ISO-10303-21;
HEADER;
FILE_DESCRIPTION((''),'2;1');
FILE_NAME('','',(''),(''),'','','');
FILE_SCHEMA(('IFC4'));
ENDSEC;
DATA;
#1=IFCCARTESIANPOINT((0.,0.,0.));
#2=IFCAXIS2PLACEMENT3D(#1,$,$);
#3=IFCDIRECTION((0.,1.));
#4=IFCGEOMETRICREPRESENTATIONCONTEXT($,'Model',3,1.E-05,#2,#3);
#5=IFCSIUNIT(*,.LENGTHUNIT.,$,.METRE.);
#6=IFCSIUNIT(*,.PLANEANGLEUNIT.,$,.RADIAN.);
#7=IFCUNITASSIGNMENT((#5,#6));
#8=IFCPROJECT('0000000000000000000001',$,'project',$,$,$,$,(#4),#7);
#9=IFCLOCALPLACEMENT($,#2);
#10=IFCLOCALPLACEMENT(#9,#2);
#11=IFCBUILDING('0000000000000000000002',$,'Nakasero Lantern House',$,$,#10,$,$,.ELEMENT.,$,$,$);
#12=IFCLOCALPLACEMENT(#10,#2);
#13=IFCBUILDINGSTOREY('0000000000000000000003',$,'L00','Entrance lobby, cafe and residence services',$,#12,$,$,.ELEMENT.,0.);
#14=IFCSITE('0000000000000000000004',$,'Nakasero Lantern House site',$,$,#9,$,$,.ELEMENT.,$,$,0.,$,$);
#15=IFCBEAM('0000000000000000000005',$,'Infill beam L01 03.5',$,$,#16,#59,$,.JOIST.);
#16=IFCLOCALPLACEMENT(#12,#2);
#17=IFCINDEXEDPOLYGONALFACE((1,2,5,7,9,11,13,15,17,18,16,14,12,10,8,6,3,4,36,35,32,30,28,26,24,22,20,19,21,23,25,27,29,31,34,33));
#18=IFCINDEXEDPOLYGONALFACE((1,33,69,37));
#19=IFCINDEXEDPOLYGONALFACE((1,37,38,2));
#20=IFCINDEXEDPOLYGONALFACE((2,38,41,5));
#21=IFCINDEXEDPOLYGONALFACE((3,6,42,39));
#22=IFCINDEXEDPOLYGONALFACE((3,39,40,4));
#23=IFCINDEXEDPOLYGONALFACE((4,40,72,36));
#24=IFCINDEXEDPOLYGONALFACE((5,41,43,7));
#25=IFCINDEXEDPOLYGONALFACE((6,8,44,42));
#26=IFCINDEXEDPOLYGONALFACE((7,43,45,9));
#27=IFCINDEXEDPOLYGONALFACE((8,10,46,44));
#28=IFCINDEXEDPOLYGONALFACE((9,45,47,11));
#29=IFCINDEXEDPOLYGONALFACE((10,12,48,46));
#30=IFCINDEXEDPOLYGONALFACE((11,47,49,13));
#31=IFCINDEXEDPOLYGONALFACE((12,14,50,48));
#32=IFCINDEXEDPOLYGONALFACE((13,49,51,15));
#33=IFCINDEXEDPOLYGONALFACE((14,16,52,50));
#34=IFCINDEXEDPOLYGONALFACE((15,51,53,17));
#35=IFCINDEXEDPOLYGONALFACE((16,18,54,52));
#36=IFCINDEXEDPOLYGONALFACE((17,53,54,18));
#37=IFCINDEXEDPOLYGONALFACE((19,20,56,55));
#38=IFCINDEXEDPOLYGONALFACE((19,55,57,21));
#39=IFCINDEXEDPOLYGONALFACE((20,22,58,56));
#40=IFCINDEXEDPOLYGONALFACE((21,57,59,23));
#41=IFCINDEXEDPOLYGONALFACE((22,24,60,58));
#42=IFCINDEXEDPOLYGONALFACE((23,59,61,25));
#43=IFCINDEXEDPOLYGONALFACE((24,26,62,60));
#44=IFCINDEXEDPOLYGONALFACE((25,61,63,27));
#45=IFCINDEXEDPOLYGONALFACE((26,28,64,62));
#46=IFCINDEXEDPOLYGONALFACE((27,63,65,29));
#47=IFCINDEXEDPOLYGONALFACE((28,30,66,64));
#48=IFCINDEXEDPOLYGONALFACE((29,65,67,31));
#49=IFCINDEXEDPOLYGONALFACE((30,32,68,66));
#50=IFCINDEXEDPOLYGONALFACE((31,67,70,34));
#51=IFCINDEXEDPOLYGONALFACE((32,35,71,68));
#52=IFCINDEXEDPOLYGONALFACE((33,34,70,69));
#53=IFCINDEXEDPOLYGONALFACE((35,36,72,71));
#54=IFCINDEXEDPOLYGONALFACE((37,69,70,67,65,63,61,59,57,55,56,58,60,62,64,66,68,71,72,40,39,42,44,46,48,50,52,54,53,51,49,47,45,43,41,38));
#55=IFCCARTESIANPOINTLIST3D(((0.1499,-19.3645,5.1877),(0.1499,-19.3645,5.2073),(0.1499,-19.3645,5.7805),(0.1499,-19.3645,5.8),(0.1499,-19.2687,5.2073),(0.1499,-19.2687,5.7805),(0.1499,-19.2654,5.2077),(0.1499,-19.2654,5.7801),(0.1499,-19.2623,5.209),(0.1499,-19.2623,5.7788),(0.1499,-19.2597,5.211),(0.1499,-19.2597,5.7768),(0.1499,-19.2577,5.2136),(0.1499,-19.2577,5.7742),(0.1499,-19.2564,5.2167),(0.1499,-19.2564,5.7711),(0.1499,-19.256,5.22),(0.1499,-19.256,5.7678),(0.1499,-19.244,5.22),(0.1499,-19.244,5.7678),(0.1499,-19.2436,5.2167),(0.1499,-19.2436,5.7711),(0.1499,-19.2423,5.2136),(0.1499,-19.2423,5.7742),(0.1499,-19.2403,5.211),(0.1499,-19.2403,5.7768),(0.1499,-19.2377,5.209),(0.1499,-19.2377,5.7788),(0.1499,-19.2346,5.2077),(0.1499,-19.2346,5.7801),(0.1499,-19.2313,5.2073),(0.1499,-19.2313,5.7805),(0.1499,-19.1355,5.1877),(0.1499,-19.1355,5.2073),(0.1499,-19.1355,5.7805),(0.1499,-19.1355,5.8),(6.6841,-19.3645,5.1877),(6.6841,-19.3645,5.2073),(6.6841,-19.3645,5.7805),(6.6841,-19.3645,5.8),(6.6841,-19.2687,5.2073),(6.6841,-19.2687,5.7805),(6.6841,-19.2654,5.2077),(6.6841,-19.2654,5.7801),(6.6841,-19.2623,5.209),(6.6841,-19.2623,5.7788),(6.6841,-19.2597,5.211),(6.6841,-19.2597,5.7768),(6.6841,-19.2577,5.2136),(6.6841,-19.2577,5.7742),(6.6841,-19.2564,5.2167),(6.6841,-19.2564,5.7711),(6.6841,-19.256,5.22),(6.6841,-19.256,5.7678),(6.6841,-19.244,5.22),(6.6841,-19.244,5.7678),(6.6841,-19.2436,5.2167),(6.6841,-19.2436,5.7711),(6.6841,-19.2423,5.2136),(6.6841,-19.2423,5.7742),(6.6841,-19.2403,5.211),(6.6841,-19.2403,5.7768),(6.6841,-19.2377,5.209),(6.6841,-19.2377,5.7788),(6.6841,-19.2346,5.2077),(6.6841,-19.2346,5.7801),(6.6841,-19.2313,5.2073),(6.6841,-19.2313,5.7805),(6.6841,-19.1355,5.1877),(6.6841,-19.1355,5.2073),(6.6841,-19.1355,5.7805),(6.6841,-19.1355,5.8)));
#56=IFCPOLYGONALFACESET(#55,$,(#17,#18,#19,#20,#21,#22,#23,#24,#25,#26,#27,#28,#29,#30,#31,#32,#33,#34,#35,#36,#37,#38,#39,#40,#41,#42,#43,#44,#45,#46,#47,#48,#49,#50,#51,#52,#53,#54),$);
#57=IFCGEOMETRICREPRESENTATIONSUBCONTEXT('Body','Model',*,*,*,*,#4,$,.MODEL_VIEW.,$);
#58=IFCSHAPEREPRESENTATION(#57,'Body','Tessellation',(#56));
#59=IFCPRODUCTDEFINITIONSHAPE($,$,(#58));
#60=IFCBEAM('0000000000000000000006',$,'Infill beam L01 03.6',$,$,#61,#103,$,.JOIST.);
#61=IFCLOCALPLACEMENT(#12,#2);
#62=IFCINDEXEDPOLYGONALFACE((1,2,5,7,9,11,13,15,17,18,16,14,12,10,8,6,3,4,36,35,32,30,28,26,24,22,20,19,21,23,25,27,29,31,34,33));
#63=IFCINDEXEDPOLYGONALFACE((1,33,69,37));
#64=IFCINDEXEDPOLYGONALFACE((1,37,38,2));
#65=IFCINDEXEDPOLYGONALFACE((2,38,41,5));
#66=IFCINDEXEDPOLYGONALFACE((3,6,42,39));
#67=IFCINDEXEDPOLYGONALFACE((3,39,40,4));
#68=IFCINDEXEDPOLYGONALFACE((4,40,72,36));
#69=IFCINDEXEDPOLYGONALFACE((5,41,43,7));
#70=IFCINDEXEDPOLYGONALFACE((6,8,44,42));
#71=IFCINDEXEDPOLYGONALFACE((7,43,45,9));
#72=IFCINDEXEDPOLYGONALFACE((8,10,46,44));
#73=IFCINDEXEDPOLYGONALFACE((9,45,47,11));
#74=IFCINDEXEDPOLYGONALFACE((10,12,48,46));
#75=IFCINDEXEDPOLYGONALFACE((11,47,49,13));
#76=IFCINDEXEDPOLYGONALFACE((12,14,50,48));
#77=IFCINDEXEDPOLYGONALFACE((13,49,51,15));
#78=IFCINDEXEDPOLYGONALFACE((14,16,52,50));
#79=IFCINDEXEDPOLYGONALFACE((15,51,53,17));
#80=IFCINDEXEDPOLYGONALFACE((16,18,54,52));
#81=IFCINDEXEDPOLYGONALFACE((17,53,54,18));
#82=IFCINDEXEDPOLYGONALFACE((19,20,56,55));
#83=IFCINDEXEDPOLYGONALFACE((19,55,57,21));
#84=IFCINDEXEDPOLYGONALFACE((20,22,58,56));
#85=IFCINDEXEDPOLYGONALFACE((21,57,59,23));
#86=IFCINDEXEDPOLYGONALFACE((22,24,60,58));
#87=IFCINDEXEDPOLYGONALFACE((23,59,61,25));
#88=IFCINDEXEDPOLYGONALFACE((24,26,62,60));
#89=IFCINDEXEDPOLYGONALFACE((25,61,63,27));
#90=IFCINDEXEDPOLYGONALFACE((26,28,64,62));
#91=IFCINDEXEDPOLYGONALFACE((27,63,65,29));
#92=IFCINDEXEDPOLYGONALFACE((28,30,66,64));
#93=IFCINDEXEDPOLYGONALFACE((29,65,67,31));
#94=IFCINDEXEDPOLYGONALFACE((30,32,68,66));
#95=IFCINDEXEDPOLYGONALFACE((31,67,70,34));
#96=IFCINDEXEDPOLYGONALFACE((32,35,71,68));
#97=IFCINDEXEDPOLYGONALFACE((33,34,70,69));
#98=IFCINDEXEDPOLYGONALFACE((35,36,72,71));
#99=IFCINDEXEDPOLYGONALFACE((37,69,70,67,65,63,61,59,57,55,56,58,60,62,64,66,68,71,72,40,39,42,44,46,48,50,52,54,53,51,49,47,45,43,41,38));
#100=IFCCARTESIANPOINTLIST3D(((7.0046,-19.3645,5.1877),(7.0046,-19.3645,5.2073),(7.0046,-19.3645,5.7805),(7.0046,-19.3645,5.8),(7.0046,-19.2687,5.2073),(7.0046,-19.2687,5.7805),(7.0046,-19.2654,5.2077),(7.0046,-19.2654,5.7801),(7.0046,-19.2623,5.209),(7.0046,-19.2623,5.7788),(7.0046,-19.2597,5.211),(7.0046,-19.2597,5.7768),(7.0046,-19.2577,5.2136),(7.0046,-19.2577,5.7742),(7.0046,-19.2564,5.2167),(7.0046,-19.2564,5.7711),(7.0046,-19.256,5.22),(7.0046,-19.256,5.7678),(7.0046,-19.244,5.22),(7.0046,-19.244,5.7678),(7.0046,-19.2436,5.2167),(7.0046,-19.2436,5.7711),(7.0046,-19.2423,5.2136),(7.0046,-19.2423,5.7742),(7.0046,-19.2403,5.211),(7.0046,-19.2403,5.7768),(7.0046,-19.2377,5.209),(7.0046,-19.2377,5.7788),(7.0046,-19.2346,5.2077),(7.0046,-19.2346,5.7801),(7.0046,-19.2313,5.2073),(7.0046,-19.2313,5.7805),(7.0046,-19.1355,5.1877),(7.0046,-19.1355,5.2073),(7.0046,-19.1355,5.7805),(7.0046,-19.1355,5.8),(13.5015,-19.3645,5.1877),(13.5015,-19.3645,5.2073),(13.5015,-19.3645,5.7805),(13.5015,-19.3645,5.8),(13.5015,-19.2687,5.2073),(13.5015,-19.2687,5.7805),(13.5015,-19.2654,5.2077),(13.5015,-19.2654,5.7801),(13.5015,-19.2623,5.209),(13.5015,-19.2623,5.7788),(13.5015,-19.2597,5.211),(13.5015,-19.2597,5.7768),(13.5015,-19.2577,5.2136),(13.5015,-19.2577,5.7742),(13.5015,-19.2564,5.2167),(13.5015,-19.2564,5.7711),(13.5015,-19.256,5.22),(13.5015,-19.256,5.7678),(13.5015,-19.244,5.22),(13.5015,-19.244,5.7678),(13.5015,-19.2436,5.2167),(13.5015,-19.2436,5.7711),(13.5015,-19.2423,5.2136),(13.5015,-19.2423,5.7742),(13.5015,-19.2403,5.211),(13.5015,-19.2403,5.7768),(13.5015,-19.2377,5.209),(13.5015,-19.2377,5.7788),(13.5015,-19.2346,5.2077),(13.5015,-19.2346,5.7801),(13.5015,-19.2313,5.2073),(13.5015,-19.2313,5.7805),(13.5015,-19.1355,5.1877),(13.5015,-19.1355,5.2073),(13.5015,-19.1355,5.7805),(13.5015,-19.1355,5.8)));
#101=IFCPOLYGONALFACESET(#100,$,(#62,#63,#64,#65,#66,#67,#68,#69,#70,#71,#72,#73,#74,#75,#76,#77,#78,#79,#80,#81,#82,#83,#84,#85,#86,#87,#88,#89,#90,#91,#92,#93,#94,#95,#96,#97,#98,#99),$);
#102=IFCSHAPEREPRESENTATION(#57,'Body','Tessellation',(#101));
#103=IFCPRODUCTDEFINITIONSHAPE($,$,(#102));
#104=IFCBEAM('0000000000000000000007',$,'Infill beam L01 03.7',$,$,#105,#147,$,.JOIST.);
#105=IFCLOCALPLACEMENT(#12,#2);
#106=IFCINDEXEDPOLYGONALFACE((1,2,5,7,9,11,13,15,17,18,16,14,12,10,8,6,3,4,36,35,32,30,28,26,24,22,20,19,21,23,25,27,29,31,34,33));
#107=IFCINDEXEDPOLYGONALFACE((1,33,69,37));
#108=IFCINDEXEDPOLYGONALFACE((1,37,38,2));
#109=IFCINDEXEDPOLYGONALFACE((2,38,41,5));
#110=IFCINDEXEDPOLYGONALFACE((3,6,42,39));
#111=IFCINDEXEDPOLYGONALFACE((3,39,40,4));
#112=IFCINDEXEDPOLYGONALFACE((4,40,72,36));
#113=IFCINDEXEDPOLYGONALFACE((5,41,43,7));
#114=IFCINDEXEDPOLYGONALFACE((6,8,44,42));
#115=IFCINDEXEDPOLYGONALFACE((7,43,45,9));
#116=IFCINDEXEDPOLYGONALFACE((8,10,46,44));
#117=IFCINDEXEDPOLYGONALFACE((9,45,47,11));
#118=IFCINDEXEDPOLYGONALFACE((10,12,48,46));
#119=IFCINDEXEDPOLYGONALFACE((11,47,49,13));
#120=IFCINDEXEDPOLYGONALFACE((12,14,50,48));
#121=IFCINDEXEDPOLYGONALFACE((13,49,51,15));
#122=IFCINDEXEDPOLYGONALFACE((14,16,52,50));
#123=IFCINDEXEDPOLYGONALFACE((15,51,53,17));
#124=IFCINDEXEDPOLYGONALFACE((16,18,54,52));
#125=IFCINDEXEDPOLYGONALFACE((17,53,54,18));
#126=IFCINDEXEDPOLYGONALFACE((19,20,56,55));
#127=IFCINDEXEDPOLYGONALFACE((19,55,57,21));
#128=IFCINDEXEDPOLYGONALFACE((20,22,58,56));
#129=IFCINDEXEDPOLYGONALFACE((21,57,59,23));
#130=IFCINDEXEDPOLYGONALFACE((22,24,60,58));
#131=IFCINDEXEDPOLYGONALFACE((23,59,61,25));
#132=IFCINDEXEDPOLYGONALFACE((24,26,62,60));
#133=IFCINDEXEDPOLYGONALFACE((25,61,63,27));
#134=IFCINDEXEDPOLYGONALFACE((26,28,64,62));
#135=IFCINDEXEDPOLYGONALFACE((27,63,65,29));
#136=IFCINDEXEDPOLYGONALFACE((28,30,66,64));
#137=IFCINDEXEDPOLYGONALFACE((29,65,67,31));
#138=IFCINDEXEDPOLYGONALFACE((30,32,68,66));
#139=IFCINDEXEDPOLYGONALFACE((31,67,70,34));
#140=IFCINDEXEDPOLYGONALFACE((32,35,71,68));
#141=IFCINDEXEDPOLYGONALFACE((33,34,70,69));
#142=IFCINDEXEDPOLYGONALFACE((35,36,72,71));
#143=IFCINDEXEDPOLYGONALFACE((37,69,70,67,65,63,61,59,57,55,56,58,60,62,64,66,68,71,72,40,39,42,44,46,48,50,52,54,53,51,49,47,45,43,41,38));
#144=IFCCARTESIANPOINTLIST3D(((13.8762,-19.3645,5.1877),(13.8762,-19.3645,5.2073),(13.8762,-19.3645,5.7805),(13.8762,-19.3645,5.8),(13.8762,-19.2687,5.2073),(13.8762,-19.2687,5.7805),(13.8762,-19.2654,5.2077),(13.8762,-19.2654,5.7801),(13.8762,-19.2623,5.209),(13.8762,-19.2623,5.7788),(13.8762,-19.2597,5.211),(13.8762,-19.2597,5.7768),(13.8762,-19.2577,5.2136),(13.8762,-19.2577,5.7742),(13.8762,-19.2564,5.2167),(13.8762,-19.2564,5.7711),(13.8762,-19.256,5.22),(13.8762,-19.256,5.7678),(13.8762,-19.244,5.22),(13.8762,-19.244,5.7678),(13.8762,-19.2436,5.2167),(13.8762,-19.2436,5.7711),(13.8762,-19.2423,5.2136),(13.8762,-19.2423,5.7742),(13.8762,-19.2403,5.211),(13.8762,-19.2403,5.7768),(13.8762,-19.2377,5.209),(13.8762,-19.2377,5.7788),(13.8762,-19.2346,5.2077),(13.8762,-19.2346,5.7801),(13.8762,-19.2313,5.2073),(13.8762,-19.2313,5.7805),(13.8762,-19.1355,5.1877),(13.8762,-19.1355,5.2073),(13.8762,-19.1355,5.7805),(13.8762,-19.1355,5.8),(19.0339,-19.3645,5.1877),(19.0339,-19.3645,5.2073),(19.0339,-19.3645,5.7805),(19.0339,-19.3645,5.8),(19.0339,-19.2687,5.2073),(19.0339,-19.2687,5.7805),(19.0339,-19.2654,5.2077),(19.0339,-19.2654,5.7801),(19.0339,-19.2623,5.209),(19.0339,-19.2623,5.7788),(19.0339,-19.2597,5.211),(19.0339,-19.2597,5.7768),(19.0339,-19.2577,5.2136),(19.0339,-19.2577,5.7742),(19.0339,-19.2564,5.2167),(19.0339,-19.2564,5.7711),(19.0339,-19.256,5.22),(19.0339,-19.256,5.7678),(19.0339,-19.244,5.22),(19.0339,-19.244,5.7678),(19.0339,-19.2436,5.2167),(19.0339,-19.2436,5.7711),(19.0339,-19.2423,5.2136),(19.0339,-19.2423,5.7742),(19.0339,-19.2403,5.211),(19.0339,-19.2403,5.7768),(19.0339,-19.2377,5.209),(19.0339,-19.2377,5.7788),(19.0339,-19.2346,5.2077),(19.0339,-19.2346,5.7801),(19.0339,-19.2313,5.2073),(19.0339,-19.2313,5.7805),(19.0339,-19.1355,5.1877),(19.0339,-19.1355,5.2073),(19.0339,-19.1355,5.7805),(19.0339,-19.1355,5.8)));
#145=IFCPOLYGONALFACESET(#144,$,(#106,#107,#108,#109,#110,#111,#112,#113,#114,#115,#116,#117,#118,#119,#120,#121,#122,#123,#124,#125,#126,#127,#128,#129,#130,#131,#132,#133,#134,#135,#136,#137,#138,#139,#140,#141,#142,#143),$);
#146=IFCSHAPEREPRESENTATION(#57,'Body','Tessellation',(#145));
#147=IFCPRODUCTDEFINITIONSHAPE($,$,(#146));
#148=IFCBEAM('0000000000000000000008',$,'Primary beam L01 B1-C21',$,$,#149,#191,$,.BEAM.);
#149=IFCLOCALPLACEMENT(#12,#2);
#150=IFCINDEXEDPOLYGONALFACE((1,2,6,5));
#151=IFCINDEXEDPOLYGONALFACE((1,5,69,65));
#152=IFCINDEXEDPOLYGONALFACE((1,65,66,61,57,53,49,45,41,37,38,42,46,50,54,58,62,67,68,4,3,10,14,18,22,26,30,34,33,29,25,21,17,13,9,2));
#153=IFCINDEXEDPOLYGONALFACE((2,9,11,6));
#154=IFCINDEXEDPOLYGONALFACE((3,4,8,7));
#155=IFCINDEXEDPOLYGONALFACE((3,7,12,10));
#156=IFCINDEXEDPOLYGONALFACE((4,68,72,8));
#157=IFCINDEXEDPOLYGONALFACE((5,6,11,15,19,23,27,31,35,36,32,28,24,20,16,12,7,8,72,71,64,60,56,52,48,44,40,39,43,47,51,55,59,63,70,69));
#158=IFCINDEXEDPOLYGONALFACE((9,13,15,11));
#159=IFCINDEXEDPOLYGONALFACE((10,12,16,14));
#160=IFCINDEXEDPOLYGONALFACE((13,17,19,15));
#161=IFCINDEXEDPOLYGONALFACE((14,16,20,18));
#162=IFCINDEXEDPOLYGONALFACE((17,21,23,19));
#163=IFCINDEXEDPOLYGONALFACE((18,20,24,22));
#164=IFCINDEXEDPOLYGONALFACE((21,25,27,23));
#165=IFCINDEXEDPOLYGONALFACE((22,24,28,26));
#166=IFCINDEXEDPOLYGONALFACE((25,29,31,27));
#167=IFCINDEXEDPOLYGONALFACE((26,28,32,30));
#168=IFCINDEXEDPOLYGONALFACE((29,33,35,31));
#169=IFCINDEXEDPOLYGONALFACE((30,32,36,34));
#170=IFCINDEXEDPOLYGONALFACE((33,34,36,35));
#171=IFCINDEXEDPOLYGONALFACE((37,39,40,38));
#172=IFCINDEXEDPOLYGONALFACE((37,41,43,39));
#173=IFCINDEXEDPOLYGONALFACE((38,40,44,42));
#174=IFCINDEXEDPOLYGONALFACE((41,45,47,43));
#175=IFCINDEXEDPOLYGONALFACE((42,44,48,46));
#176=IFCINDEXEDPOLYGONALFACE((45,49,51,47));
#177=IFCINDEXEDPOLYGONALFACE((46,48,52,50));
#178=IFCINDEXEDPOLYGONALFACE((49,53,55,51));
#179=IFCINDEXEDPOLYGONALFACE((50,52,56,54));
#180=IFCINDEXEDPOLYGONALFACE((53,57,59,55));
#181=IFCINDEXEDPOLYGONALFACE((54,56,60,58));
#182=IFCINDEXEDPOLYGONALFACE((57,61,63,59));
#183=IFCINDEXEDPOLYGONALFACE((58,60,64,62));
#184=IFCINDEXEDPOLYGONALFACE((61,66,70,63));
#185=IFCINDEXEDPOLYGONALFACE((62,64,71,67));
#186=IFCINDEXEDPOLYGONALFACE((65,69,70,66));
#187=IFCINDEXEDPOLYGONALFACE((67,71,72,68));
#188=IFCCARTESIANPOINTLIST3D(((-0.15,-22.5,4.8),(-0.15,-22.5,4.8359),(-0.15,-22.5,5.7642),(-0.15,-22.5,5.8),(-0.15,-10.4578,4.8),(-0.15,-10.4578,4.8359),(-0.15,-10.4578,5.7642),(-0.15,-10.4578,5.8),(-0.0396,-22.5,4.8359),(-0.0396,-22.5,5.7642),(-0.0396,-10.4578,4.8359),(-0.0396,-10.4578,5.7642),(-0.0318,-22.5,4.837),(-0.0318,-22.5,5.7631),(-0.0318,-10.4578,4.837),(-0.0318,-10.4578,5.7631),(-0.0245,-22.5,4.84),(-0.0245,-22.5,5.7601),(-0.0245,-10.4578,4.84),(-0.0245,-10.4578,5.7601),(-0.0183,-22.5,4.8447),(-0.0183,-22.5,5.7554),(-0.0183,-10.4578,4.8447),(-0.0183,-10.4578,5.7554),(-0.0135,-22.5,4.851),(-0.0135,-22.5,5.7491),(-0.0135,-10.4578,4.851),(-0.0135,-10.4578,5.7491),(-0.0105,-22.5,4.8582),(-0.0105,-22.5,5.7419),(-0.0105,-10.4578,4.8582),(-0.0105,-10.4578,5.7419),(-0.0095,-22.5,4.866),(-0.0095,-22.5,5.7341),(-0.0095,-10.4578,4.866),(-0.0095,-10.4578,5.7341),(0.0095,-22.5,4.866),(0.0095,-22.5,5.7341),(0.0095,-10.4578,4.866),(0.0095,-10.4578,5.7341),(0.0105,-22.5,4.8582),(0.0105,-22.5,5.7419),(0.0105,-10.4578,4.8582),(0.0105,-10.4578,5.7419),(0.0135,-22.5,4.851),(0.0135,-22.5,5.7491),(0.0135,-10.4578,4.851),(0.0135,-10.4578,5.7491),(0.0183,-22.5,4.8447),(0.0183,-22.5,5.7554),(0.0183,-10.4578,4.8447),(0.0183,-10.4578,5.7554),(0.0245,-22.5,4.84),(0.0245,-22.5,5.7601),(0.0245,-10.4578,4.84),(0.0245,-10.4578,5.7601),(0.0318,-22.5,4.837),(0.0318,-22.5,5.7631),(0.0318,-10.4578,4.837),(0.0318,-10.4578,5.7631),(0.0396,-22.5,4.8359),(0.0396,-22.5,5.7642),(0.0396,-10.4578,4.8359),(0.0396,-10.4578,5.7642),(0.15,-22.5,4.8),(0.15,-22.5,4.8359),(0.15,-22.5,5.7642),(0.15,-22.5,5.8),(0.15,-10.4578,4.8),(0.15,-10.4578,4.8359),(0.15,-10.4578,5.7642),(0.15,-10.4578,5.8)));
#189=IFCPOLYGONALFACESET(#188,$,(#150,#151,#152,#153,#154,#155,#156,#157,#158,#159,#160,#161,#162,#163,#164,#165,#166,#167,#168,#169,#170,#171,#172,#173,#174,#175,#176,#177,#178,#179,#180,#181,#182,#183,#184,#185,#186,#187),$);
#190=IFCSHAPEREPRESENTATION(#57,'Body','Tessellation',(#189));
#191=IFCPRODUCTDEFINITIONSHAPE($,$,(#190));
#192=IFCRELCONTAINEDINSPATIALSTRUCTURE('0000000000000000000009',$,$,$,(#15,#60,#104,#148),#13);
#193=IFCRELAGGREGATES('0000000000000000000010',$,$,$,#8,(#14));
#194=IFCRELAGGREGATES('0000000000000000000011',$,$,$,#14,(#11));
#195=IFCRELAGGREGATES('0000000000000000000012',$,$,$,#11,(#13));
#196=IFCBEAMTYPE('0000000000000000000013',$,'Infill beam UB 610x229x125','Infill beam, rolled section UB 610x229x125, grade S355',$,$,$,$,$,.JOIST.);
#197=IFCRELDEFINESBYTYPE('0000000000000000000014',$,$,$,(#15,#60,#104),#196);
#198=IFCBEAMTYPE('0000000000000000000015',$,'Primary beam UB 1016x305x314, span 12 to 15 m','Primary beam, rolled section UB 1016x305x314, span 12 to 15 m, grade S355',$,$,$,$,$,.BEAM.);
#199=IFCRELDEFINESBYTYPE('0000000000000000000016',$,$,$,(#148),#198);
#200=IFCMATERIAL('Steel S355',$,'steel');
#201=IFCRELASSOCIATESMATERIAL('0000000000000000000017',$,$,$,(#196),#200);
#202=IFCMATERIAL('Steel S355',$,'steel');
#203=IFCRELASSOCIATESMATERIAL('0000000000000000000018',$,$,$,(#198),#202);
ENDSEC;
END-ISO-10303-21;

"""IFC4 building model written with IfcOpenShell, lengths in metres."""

from ifc_helpers import new_model, si_unit, direction, frame, origin, origin_2d, place, context, subcontext, project, spatial, i_section, extrude, material, material_profile, profile_set, type_object, element, save


model = new_model("IFC4")

# Units and contexts
model_context = context("Model", 3, precision=1e-05, world=origin(), true_north=direction((0.0, 1.0)))
body_context = subcontext(model_context, "Body", "Model", "MODEL_VIEW")
ifc_project = project(units=[si_unit("LENGTHUNIT", "METRE"), si_unit("PLANEANGLEUNIT", "RADIAN")], contexts=[model_context])

# Site, building, storey
site_placement = place(None, origin())
site = spatial("IfcSite", under=ifc_project, at=site_placement, Name="Nakasero Lantern House site", CompositionType="ELEMENT", RefElevation=0.0)
building_placement = place(site_placement, origin())
building = spatial("IfcBuilding", under=site, at=building_placement, Name="Nakasero Lantern House", CompositionType="ELEMENT")
storey_placement = place(building_placement, origin())
storey = spatial("IfcBuildingStorey", under=building, at=storey_placement, Name="L00", Description="Entrance lobby, cafe and residence services", CompositionType="ELEMENT", Elevation=0.0)

# Beams
ifc_material_1 = material(Name="Steel S355", Category="steel")
ifc_material_profile_1 = material_profile(ifc_material_1, i_section(OverallWidth=0.229, OverallDepth=0.6123, WebThickness=0.012, FlangeThickness=0.0195, FilletRadius=0.0127, at=origin_2d()), Name="UB 610x229x125")
ifc_profile_set_1 = profile_set([ifc_material_profile_1], Name="Steel S355")
beam_type_1 = type_object("IfcBeamType", Name="Infill beam UB 610x229x125", Description="Infill beam, rolled section UB 610x229x125, grade S355", PredefinedType="JOIST", material=ifc_profile_set_1)
beam_1_placement = place(storey_placement, frame((0.1499, -19.25, 5.4939), z_axis=(1.0, 0.0, 0.0), x_axis=(0.0, 1.0, 0.0)))
element("IfcBeam", 1, at=beam_1_placement, inside=storey, type_object=beam_type_1, Name="Infill beam L01 03.5", PredefinedType="JOIST", context=body_context, shape_type="SweptSolid", body=[
    extrude(i_section(OverallWidth=0.229, OverallDepth=0.6123, WebThickness=0.012, FlangeThickness=0.0195, FilletRadius=0.0127, at=origin_2d()), origin(), (0.0, 0.0, 1.0), 6.5342),
])
beam_2_placement = place(storey_placement, frame((7.0046, -19.25, 5.4939), z_axis=(1.0, 0.0, 0.0), x_axis=(0.0, 1.0, 0.0)))
element("IfcBeam", 2, at=beam_2_placement, inside=storey, type_object=beam_type_1, Name="Infill beam L01 03.6", PredefinedType="JOIST", context=body_context, shape_type="SweptSolid", body=[
    extrude(i_section(OverallWidth=0.229, OverallDepth=0.6123, WebThickness=0.012, FlangeThickness=0.0195, FilletRadius=0.0127, at=origin_2d()), origin(), (0.0, 0.0, 1.0), 6.4968),
])
beam_3_placement = place(storey_placement, frame((13.8762, -19.25, 5.4939), z_axis=(1.0, 0.0, 0.0), x_axis=(0.0, 1.0, 0.0)))
element("IfcBeam", 3, at=beam_3_placement, inside=storey, type_object=beam_type_1, Name="Infill beam L01 03.7", PredefinedType="JOIST", context=body_context, shape_type="SweptSolid", body=[
    extrude(i_section(OverallWidth=0.229, OverallDepth=0.6123, WebThickness=0.012, FlangeThickness=0.0195, FilletRadius=0.0127, at=origin_2d()), origin(), (0.0, 0.0, 1.0), 5.1577),
])
ifc_material_2 = material(Name="Steel S355", Category="steel")
ifc_material_profile_2 = material_profile(ifc_material_2, i_section(OverallWidth=0.3, OverallDepth=1.0, WebThickness=0.019, FlangeThickness=0.0359, FilletRadius=0.03, at=origin_2d()), Name="UB 1016x305x314")
ifc_profile_set_2 = profile_set([ifc_material_profile_2], Name="Steel S355")
beam_type_2 = type_object("IfcBeamType", Name="Primary beam UB 1016x305x314, span 12 to 15 m", Description="Primary beam, rolled section UB 1016x305x314, span 12 to 15 m, grade S355", PredefinedType="BEAM", material=ifc_profile_set_2)
beam_4_placement = place(storey_placement, frame((0.0, -22.5, 5.3), z_axis=(0.0, 1.0, 0.0), x_axis=(-1.0, 0.0, 0.0)))
element("IfcBeam", 4, at=beam_4_placement, inside=storey, type_object=beam_type_2, Name="Primary beam L01 B1-C21", PredefinedType="BEAM", context=body_context, shape_type="SweptSolid", body=[
    extrude(i_section(OverallWidth=0.3, OverallDepth=1.0, WebThickness=0.019, FlangeThickness=0.0359, FilletRadius=0.03, at=origin_2d()), origin(), (0.0, 0.0, 1.0), 12.0422),
])

save(model, "model.ifc")
